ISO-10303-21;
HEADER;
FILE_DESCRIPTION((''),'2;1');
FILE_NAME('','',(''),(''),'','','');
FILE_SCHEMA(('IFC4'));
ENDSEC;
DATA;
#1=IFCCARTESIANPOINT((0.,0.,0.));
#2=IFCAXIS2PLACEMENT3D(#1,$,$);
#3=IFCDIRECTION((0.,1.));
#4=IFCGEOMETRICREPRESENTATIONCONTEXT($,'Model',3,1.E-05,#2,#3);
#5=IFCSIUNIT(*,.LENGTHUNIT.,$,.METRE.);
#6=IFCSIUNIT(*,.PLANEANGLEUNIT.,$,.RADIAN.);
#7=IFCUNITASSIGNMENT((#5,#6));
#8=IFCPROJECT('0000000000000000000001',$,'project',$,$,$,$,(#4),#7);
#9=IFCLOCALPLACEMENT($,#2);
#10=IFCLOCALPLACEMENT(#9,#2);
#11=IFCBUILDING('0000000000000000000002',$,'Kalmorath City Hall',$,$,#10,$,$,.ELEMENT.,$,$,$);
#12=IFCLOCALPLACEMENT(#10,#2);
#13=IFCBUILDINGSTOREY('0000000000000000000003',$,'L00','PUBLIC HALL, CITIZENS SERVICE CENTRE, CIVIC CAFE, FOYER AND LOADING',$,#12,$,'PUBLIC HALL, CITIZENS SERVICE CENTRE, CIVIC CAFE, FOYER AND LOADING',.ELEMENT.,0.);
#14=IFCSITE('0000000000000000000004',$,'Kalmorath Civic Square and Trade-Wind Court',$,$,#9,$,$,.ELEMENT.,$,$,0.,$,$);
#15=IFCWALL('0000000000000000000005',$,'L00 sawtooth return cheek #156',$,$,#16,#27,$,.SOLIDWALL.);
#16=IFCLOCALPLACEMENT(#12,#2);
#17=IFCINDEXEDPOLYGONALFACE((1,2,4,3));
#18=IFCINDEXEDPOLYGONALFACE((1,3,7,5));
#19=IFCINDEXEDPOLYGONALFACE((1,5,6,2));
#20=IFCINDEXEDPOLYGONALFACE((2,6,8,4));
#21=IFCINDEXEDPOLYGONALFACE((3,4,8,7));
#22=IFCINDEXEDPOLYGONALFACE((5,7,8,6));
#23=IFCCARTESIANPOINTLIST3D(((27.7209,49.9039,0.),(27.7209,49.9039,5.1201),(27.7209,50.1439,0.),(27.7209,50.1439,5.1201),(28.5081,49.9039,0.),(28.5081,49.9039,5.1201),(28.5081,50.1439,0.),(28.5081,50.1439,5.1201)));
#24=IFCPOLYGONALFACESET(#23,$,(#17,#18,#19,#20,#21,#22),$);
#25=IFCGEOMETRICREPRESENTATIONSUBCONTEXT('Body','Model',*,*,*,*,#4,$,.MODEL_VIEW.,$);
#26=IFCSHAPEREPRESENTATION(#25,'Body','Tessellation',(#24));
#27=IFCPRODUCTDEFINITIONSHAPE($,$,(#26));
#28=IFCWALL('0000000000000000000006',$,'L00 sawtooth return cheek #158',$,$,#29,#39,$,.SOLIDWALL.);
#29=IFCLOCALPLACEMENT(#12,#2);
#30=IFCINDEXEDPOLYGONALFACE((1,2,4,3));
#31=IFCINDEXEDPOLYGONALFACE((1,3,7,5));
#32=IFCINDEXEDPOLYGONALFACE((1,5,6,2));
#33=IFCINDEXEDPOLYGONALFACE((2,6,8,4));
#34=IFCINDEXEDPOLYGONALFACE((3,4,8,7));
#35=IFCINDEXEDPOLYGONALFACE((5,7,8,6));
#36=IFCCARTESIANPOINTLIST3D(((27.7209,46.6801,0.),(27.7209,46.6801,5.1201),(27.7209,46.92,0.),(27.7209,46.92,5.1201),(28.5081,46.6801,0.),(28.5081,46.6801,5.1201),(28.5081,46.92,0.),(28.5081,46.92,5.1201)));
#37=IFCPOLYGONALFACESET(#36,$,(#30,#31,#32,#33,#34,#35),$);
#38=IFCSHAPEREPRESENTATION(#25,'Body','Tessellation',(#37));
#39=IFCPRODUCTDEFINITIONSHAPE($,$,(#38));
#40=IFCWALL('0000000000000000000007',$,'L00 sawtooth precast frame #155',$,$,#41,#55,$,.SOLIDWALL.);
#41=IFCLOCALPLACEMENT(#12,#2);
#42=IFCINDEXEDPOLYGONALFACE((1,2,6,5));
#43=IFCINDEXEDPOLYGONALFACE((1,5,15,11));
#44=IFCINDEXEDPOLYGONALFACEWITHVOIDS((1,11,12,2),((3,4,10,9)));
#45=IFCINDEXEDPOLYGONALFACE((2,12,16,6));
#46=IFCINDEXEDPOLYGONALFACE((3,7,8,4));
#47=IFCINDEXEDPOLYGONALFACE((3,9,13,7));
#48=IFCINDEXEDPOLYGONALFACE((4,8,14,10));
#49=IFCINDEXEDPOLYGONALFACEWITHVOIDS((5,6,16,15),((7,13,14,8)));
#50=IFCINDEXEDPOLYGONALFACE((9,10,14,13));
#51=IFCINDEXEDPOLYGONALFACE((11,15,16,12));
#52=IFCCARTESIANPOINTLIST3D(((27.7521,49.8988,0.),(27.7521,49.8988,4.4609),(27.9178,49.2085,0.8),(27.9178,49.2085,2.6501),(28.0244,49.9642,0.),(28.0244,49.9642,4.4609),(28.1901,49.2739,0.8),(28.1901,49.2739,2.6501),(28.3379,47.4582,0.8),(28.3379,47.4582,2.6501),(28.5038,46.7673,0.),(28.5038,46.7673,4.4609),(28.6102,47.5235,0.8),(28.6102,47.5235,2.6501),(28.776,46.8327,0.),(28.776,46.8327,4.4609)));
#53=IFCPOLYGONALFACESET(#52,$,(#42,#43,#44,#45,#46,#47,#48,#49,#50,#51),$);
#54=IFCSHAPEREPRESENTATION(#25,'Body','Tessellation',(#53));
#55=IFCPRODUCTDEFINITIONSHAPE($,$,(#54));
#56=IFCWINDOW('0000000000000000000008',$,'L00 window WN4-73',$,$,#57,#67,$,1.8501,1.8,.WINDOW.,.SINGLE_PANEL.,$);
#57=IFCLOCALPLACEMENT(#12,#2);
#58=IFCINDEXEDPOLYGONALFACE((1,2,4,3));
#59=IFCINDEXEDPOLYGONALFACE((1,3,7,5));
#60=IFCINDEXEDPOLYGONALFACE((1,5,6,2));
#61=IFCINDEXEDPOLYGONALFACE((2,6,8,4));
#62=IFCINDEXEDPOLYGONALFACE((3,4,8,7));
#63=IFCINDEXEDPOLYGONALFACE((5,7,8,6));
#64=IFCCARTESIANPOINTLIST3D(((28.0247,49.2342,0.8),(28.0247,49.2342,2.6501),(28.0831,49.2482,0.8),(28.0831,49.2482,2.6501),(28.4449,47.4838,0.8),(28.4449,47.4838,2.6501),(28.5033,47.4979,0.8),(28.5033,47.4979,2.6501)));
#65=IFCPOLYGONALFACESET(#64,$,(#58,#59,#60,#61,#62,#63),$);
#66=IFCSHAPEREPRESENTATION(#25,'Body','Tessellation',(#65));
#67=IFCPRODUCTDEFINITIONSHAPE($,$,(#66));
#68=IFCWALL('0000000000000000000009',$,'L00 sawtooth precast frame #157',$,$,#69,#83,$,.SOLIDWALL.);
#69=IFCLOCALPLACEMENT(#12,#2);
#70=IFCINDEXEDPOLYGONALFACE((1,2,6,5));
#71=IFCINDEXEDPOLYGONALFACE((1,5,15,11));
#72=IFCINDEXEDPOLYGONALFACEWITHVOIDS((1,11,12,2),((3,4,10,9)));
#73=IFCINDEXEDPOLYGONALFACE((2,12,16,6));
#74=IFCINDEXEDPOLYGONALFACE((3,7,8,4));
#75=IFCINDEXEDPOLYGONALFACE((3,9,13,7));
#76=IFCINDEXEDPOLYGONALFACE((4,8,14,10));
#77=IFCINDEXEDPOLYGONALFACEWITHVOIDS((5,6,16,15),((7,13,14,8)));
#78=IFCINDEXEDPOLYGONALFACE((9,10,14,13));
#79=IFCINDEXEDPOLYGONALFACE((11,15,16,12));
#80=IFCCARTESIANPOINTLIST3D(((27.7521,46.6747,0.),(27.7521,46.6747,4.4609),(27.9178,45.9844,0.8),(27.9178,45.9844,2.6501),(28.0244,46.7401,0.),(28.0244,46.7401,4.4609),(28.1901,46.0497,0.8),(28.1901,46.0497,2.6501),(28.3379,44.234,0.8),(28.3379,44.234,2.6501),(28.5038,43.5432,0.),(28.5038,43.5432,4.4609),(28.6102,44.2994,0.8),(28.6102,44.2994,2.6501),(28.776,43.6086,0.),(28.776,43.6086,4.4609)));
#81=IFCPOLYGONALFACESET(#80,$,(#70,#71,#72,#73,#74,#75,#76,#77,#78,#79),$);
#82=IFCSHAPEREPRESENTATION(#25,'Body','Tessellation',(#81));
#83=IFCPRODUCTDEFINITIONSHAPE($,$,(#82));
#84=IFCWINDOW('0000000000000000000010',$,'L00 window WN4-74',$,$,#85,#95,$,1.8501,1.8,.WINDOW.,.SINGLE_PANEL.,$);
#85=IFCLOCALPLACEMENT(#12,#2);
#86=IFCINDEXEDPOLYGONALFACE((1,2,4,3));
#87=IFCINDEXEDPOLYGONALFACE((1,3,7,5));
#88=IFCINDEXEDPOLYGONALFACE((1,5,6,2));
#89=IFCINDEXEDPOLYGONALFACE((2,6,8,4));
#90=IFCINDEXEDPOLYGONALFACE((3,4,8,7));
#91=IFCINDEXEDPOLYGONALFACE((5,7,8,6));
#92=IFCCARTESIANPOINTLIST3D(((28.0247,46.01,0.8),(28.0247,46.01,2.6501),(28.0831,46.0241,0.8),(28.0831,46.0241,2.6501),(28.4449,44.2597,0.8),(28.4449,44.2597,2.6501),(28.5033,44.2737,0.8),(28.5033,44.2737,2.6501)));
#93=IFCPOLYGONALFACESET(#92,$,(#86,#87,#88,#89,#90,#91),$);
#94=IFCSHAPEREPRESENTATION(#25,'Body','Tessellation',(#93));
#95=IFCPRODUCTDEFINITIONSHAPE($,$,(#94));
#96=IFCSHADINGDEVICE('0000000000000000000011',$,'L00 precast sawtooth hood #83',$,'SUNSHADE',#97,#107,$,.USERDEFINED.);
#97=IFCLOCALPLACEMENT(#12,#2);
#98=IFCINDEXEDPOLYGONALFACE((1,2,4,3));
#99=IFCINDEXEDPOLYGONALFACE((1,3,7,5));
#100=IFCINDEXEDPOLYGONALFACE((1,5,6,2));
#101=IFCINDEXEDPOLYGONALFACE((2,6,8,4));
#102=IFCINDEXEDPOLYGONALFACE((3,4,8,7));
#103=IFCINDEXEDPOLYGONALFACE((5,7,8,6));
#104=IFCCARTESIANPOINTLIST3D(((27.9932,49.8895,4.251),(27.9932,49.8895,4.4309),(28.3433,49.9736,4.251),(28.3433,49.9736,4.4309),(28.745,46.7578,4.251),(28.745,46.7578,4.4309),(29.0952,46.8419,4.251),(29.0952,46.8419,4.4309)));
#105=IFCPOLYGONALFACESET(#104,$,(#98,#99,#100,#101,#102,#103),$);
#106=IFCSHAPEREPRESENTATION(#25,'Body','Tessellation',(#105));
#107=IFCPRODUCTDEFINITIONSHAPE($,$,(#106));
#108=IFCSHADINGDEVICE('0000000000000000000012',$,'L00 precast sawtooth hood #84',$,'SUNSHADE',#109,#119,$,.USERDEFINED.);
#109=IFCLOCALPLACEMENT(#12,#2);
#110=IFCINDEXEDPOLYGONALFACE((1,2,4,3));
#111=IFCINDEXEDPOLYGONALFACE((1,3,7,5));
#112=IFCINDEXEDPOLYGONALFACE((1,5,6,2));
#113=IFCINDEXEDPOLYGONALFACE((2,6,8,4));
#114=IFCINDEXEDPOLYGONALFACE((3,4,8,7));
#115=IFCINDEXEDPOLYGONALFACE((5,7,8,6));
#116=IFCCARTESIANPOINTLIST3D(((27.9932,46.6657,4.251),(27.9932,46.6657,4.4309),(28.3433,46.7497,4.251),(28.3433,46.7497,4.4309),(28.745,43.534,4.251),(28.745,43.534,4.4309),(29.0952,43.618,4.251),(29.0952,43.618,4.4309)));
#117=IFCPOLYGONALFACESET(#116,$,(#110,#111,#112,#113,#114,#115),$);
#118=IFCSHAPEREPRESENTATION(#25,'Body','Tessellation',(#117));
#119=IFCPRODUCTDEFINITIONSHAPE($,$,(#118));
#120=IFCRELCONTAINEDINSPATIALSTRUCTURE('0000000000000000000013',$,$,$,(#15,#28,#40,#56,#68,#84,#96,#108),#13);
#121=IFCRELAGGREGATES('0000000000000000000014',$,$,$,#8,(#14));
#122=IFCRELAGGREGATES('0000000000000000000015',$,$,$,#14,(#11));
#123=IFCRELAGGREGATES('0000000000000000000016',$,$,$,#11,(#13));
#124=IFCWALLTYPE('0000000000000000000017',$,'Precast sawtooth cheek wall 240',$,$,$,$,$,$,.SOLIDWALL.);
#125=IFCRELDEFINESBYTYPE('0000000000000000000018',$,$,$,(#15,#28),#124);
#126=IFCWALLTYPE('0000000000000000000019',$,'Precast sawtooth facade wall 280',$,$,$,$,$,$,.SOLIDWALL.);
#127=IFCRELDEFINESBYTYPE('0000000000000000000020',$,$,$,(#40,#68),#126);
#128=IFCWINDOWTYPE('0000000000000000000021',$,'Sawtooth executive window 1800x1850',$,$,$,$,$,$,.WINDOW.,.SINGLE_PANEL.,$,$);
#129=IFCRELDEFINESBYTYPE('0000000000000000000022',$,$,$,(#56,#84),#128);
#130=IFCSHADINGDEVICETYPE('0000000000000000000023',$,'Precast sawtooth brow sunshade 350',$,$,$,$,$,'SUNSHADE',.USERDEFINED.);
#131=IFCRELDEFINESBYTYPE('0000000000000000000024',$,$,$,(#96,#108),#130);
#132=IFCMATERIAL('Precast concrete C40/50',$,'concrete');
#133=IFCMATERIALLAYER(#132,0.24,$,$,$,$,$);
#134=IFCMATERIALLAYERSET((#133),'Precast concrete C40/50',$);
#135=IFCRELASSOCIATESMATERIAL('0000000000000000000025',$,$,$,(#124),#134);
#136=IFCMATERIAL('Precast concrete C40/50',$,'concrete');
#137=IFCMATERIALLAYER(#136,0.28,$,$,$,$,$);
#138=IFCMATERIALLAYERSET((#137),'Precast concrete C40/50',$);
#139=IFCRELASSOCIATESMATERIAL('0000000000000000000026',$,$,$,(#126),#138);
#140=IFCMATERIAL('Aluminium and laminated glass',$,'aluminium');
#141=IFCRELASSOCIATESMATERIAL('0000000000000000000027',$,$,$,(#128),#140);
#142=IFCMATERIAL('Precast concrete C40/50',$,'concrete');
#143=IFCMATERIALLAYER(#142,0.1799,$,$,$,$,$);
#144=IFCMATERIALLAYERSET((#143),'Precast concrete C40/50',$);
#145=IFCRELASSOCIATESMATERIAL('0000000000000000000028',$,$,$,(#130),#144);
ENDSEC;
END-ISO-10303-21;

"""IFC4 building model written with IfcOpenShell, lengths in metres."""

from ifc_helpers import new_model, si_unit, direction, frame, frame_2d, origin, origin_2d, place, context, subcontext, project, spatial, rectangle, extrude, material, layer, layer_set, type_object, element, fill, save


model = new_model("IFC4")

# Units and contexts
model_context = context("Model", 3, precision=1e-05, world=origin(), true_north=direction((0.0, 1.0)))
body_context = subcontext(model_context, "Body", "Model", "MODEL_VIEW")
ifc_project = project(units=[si_unit("LENGTHUNIT", "METRE"), si_unit("PLANEANGLEUNIT", "RADIAN")], contexts=[model_context])

# Site, building, storey
site_placement = place(None, origin())
site = spatial("IfcSite", under=ifc_project, at=site_placement, Name="Kalmorath Civic Square and Trade-Wind Court", CompositionType="ELEMENT", RefElevation=0.0)
building_placement = place(site_placement, origin())
building = spatial("IfcBuilding", under=site, at=building_placement, Name="Kalmorath City Hall", CompositionType="ELEMENT")
storey_placement = place(building_placement, origin())
storey = spatial("IfcBuildingStorey", under=building, at=storey_placement, Name="L00", Description="PUBLIC HALL, CITIZENS SERVICE CENTRE, CIVIC CAFE, FOYER AND LOADING", LongName="PUBLIC HALL, CITIZENS SERVICE CENTRE, CIVIC CAFE, FOYER AND LOADING", CompositionType="ELEMENT", Elevation=0.0)

# Walls
ifc_material_1 = material(Name="Precast concrete C40/50", Category="concrete")
ifc_layer_1 = layer(ifc_material_1, 0.24)
ifc_layer_set_1 = layer_set([ifc_layer_1], Name="Precast concrete C40/50")
wall_type_1 = type_object("IfcWallType", Name="Precast sawtooth cheek wall 240", PredefinedType="SOLIDWALL", material=ifc_layer_set_1)
for number, where, z_axis, x_axis, name in (
    (1, (27.7209, 50.0239, 0.0), (0.0, 0.0, 1.0), (1.0, 0.0, 0.0), "L00 sawtooth return cheek #156"),
    (2, (27.7209, 46.8, 0.0), (0.0, 0.0, 1.0), (1.0, 0.0, 0.0), "L00 sawtooth return cheek #158"),
):
    element("IfcWall", number, at=place(storey_placement, frame(where, z_axis=z_axis, x_axis=x_axis)), inside=storey, type_object=wall_type_1, Name=name, PredefinedType="SOLIDWALL", context=body_context, shape_type="SweptSolid", body=[
        extrude(rectangle(XDim=0.7871, YDim=0.24, at=frame_2d((0.3936, 0.0))), origin(), (0.0, 0.0, 1.0), 5.1201),
    ])

# Walls, openings, windows
ifc_material_2 = material(Name="Precast concrete C40/50", Category="concrete")
ifc_layer_2 = layer(ifc_material_2, 0.28)
ifc_layer_set_2 = layer_set([ifc_layer_2], Name="Precast concrete C40/50")
wall_type_2 = type_object("IfcWallType", Name="Precast sawtooth facade wall 280", PredefinedType="SOLIDWALL", material=ifc_layer_set_2)
wall_1_placement = place(storey_placement, frame((27.8882, 49.9316, 0.0), z_axis=(0.0, 0.0, 1.0), x_axis=(0.23341, -0.972378, 0.0)))
wall_1 = element("IfcWall", 3, at=wall_1_placement, inside=storey, type_object=wall_type_2, Name="L00 sawtooth precast frame #155", PredefinedType="SOLIDWALL", context=body_context, shape_type="SweptSolid", body=[
    extrude(rectangle(XDim=3.2205, YDim=0.28, at=frame_2d((1.6104, 0.0))), origin(), (0.0, 0.0, 1.0), 4.4609),
])
opening_1_placement = place(wall_1_placement, frame((0.7102, 0.0, 0.8)))
opening_1 = element("IfcOpeningElement", 4, at=opening_1_placement, cuts=wall_1, PredefinedType="OPENING", context=body_context, shape_type="SweptSolid", body=[
    extrude(rectangle(XDim=1.8, YDim=1.8501, at=frame_2d((0.8999, 0.925))), frame((0.0, 0.1499, 0.0), z_axis=(0.0, -1.0, 0.0), x_axis=(1.0, 0.0, 0.0)), (0.0, 0.0, 1.0), 0.3),
])
ifc_material_3 = material(Name="Aluminium and laminated glass", Category="aluminium")
window_type = type_object("IfcWindowType", Name="Sawtooth executive window 1800x1850", PartitioningType="SINGLE_PANEL", PredefinedType="WINDOW", material=ifc_material_3)
window_1_placement = place(opening_1_placement, origin())
window_1 = element("IfcWindow", 5, at=window_1_placement, inside=storey, type_object=window_type, Name="L00 window WN4-73", OverallHeight=1.8501, OverallWidth=1.8, PartitioningType="SINGLE_PANEL", PredefinedType="WINDOW", context=body_context, shape_type="SweptSolid", body=[
    extrude(rectangle(XDim=1.8, YDim=1.8501, at=frame_2d((0.8999, 0.925))), frame((0.0, 0.03, 0.0), z_axis=(0.0, -1.0, 0.0), x_axis=(1.0, 0.0, 0.0)), (0.0, 0.0, 1.0), 0.0601),
])
fill(opening_1, window_1)
wall_2_placement = place(storey_placement, frame((27.8882, 46.7075, 0.0), z_axis=(0.0, 0.0, 1.0), x_axis=(0.23341, -0.972378, 0.0)))
wall_2 = element("IfcWall", 6, at=wall_2_placement, inside=storey, type_object=wall_type_2, Name="L00 sawtooth precast frame #157", PredefinedType="SOLIDWALL", context=body_context, shape_type="SweptSolid", body=[
    extrude(rectangle(XDim=3.2205, YDim=0.28, at=frame_2d((1.6104, 0.0))), origin(), (0.0, 0.0, 1.0), 4.4609),
])
opening_2_placement = place(wall_2_placement, frame((0.7102, 0.0, 0.8)))
opening_2 = element("IfcOpeningElement", 7, at=opening_2_placement, cuts=wall_2, PredefinedType="OPENING", context=body_context, shape_type="SweptSolid", body=[
    extrude(rectangle(XDim=1.8, YDim=1.8501, at=frame_2d((0.8999, 0.925))), frame((0.0, 0.1499, 0.0), z_axis=(0.0, -1.0, 0.0), x_axis=(1.0, 0.0, 0.0)), (0.0, 0.0, 1.0), 0.3),
])
window_2_placement = place(opening_2_placement, origin())
window_2 = element("IfcWindow", 8, at=window_2_placement, inside=storey, type_object=window_type, Name="L00 window WN4-74", OverallHeight=1.8501, OverallWidth=1.8, PartitioningType="SINGLE_PANEL", PredefinedType="WINDOW", context=body_context, shape_type="SweptSolid", body=[
    extrude(rectangle(XDim=1.8, YDim=1.8501, at=frame_2d((0.8999, 0.925))), frame((0.0, 0.03, 0.0), z_axis=(0.0, -1.0, 0.0), x_axis=(1.0, 0.0, 0.0)), (0.0, 0.0, 1.0), 0.0601),
])
fill(opening_2, window_2)

# Shading devices
ifc_material_4 = material(Name="Precast concrete C40/50", Category="concrete")
ifc_layer_3 = layer(ifc_material_4, 0.1799)
ifc_layer_set_3 = layer_set([ifc_layer_3], Name="Precast concrete C40/50")
shading_device_type = type_object("IfcShadingDeviceType", Name="Precast sawtooth brow sunshade 350", ElementType="SUNSHADE", PredefinedType="USERDEFINED", material=ifc_layer_set_3)
for number, where, z_axis, x_axis, name in (
    (9, (28.5442, 48.3657, 4.251), (0.0, 0.0, 1.0), (0.233445, -0.97237, 0.0), "L00 precast sawtooth hood #83"),
    (10, (28.5442, 45.1418, 4.251), (0.0, 0.0, 1.0), (0.233445, -0.97237, 0.0), "L00 precast sawtooth hood #84"),
):
    element("IfcShadingDevice", number, at=place(storey_placement, frame(where, z_axis=z_axis, x_axis=x_axis)), inside=storey, type_object=shading_device_type, Name=name, ObjectType="SUNSHADE", PredefinedType="USERDEFINED", context=body_context, shape_type="SweptSolid", body=[
        extrude(rectangle(XDim=3.2207, YDim=0.3601, at=origin_2d()), origin(), (0.0, 0.0, 1.0), 0.1799),
    ])

save(model, "model.ifc")
